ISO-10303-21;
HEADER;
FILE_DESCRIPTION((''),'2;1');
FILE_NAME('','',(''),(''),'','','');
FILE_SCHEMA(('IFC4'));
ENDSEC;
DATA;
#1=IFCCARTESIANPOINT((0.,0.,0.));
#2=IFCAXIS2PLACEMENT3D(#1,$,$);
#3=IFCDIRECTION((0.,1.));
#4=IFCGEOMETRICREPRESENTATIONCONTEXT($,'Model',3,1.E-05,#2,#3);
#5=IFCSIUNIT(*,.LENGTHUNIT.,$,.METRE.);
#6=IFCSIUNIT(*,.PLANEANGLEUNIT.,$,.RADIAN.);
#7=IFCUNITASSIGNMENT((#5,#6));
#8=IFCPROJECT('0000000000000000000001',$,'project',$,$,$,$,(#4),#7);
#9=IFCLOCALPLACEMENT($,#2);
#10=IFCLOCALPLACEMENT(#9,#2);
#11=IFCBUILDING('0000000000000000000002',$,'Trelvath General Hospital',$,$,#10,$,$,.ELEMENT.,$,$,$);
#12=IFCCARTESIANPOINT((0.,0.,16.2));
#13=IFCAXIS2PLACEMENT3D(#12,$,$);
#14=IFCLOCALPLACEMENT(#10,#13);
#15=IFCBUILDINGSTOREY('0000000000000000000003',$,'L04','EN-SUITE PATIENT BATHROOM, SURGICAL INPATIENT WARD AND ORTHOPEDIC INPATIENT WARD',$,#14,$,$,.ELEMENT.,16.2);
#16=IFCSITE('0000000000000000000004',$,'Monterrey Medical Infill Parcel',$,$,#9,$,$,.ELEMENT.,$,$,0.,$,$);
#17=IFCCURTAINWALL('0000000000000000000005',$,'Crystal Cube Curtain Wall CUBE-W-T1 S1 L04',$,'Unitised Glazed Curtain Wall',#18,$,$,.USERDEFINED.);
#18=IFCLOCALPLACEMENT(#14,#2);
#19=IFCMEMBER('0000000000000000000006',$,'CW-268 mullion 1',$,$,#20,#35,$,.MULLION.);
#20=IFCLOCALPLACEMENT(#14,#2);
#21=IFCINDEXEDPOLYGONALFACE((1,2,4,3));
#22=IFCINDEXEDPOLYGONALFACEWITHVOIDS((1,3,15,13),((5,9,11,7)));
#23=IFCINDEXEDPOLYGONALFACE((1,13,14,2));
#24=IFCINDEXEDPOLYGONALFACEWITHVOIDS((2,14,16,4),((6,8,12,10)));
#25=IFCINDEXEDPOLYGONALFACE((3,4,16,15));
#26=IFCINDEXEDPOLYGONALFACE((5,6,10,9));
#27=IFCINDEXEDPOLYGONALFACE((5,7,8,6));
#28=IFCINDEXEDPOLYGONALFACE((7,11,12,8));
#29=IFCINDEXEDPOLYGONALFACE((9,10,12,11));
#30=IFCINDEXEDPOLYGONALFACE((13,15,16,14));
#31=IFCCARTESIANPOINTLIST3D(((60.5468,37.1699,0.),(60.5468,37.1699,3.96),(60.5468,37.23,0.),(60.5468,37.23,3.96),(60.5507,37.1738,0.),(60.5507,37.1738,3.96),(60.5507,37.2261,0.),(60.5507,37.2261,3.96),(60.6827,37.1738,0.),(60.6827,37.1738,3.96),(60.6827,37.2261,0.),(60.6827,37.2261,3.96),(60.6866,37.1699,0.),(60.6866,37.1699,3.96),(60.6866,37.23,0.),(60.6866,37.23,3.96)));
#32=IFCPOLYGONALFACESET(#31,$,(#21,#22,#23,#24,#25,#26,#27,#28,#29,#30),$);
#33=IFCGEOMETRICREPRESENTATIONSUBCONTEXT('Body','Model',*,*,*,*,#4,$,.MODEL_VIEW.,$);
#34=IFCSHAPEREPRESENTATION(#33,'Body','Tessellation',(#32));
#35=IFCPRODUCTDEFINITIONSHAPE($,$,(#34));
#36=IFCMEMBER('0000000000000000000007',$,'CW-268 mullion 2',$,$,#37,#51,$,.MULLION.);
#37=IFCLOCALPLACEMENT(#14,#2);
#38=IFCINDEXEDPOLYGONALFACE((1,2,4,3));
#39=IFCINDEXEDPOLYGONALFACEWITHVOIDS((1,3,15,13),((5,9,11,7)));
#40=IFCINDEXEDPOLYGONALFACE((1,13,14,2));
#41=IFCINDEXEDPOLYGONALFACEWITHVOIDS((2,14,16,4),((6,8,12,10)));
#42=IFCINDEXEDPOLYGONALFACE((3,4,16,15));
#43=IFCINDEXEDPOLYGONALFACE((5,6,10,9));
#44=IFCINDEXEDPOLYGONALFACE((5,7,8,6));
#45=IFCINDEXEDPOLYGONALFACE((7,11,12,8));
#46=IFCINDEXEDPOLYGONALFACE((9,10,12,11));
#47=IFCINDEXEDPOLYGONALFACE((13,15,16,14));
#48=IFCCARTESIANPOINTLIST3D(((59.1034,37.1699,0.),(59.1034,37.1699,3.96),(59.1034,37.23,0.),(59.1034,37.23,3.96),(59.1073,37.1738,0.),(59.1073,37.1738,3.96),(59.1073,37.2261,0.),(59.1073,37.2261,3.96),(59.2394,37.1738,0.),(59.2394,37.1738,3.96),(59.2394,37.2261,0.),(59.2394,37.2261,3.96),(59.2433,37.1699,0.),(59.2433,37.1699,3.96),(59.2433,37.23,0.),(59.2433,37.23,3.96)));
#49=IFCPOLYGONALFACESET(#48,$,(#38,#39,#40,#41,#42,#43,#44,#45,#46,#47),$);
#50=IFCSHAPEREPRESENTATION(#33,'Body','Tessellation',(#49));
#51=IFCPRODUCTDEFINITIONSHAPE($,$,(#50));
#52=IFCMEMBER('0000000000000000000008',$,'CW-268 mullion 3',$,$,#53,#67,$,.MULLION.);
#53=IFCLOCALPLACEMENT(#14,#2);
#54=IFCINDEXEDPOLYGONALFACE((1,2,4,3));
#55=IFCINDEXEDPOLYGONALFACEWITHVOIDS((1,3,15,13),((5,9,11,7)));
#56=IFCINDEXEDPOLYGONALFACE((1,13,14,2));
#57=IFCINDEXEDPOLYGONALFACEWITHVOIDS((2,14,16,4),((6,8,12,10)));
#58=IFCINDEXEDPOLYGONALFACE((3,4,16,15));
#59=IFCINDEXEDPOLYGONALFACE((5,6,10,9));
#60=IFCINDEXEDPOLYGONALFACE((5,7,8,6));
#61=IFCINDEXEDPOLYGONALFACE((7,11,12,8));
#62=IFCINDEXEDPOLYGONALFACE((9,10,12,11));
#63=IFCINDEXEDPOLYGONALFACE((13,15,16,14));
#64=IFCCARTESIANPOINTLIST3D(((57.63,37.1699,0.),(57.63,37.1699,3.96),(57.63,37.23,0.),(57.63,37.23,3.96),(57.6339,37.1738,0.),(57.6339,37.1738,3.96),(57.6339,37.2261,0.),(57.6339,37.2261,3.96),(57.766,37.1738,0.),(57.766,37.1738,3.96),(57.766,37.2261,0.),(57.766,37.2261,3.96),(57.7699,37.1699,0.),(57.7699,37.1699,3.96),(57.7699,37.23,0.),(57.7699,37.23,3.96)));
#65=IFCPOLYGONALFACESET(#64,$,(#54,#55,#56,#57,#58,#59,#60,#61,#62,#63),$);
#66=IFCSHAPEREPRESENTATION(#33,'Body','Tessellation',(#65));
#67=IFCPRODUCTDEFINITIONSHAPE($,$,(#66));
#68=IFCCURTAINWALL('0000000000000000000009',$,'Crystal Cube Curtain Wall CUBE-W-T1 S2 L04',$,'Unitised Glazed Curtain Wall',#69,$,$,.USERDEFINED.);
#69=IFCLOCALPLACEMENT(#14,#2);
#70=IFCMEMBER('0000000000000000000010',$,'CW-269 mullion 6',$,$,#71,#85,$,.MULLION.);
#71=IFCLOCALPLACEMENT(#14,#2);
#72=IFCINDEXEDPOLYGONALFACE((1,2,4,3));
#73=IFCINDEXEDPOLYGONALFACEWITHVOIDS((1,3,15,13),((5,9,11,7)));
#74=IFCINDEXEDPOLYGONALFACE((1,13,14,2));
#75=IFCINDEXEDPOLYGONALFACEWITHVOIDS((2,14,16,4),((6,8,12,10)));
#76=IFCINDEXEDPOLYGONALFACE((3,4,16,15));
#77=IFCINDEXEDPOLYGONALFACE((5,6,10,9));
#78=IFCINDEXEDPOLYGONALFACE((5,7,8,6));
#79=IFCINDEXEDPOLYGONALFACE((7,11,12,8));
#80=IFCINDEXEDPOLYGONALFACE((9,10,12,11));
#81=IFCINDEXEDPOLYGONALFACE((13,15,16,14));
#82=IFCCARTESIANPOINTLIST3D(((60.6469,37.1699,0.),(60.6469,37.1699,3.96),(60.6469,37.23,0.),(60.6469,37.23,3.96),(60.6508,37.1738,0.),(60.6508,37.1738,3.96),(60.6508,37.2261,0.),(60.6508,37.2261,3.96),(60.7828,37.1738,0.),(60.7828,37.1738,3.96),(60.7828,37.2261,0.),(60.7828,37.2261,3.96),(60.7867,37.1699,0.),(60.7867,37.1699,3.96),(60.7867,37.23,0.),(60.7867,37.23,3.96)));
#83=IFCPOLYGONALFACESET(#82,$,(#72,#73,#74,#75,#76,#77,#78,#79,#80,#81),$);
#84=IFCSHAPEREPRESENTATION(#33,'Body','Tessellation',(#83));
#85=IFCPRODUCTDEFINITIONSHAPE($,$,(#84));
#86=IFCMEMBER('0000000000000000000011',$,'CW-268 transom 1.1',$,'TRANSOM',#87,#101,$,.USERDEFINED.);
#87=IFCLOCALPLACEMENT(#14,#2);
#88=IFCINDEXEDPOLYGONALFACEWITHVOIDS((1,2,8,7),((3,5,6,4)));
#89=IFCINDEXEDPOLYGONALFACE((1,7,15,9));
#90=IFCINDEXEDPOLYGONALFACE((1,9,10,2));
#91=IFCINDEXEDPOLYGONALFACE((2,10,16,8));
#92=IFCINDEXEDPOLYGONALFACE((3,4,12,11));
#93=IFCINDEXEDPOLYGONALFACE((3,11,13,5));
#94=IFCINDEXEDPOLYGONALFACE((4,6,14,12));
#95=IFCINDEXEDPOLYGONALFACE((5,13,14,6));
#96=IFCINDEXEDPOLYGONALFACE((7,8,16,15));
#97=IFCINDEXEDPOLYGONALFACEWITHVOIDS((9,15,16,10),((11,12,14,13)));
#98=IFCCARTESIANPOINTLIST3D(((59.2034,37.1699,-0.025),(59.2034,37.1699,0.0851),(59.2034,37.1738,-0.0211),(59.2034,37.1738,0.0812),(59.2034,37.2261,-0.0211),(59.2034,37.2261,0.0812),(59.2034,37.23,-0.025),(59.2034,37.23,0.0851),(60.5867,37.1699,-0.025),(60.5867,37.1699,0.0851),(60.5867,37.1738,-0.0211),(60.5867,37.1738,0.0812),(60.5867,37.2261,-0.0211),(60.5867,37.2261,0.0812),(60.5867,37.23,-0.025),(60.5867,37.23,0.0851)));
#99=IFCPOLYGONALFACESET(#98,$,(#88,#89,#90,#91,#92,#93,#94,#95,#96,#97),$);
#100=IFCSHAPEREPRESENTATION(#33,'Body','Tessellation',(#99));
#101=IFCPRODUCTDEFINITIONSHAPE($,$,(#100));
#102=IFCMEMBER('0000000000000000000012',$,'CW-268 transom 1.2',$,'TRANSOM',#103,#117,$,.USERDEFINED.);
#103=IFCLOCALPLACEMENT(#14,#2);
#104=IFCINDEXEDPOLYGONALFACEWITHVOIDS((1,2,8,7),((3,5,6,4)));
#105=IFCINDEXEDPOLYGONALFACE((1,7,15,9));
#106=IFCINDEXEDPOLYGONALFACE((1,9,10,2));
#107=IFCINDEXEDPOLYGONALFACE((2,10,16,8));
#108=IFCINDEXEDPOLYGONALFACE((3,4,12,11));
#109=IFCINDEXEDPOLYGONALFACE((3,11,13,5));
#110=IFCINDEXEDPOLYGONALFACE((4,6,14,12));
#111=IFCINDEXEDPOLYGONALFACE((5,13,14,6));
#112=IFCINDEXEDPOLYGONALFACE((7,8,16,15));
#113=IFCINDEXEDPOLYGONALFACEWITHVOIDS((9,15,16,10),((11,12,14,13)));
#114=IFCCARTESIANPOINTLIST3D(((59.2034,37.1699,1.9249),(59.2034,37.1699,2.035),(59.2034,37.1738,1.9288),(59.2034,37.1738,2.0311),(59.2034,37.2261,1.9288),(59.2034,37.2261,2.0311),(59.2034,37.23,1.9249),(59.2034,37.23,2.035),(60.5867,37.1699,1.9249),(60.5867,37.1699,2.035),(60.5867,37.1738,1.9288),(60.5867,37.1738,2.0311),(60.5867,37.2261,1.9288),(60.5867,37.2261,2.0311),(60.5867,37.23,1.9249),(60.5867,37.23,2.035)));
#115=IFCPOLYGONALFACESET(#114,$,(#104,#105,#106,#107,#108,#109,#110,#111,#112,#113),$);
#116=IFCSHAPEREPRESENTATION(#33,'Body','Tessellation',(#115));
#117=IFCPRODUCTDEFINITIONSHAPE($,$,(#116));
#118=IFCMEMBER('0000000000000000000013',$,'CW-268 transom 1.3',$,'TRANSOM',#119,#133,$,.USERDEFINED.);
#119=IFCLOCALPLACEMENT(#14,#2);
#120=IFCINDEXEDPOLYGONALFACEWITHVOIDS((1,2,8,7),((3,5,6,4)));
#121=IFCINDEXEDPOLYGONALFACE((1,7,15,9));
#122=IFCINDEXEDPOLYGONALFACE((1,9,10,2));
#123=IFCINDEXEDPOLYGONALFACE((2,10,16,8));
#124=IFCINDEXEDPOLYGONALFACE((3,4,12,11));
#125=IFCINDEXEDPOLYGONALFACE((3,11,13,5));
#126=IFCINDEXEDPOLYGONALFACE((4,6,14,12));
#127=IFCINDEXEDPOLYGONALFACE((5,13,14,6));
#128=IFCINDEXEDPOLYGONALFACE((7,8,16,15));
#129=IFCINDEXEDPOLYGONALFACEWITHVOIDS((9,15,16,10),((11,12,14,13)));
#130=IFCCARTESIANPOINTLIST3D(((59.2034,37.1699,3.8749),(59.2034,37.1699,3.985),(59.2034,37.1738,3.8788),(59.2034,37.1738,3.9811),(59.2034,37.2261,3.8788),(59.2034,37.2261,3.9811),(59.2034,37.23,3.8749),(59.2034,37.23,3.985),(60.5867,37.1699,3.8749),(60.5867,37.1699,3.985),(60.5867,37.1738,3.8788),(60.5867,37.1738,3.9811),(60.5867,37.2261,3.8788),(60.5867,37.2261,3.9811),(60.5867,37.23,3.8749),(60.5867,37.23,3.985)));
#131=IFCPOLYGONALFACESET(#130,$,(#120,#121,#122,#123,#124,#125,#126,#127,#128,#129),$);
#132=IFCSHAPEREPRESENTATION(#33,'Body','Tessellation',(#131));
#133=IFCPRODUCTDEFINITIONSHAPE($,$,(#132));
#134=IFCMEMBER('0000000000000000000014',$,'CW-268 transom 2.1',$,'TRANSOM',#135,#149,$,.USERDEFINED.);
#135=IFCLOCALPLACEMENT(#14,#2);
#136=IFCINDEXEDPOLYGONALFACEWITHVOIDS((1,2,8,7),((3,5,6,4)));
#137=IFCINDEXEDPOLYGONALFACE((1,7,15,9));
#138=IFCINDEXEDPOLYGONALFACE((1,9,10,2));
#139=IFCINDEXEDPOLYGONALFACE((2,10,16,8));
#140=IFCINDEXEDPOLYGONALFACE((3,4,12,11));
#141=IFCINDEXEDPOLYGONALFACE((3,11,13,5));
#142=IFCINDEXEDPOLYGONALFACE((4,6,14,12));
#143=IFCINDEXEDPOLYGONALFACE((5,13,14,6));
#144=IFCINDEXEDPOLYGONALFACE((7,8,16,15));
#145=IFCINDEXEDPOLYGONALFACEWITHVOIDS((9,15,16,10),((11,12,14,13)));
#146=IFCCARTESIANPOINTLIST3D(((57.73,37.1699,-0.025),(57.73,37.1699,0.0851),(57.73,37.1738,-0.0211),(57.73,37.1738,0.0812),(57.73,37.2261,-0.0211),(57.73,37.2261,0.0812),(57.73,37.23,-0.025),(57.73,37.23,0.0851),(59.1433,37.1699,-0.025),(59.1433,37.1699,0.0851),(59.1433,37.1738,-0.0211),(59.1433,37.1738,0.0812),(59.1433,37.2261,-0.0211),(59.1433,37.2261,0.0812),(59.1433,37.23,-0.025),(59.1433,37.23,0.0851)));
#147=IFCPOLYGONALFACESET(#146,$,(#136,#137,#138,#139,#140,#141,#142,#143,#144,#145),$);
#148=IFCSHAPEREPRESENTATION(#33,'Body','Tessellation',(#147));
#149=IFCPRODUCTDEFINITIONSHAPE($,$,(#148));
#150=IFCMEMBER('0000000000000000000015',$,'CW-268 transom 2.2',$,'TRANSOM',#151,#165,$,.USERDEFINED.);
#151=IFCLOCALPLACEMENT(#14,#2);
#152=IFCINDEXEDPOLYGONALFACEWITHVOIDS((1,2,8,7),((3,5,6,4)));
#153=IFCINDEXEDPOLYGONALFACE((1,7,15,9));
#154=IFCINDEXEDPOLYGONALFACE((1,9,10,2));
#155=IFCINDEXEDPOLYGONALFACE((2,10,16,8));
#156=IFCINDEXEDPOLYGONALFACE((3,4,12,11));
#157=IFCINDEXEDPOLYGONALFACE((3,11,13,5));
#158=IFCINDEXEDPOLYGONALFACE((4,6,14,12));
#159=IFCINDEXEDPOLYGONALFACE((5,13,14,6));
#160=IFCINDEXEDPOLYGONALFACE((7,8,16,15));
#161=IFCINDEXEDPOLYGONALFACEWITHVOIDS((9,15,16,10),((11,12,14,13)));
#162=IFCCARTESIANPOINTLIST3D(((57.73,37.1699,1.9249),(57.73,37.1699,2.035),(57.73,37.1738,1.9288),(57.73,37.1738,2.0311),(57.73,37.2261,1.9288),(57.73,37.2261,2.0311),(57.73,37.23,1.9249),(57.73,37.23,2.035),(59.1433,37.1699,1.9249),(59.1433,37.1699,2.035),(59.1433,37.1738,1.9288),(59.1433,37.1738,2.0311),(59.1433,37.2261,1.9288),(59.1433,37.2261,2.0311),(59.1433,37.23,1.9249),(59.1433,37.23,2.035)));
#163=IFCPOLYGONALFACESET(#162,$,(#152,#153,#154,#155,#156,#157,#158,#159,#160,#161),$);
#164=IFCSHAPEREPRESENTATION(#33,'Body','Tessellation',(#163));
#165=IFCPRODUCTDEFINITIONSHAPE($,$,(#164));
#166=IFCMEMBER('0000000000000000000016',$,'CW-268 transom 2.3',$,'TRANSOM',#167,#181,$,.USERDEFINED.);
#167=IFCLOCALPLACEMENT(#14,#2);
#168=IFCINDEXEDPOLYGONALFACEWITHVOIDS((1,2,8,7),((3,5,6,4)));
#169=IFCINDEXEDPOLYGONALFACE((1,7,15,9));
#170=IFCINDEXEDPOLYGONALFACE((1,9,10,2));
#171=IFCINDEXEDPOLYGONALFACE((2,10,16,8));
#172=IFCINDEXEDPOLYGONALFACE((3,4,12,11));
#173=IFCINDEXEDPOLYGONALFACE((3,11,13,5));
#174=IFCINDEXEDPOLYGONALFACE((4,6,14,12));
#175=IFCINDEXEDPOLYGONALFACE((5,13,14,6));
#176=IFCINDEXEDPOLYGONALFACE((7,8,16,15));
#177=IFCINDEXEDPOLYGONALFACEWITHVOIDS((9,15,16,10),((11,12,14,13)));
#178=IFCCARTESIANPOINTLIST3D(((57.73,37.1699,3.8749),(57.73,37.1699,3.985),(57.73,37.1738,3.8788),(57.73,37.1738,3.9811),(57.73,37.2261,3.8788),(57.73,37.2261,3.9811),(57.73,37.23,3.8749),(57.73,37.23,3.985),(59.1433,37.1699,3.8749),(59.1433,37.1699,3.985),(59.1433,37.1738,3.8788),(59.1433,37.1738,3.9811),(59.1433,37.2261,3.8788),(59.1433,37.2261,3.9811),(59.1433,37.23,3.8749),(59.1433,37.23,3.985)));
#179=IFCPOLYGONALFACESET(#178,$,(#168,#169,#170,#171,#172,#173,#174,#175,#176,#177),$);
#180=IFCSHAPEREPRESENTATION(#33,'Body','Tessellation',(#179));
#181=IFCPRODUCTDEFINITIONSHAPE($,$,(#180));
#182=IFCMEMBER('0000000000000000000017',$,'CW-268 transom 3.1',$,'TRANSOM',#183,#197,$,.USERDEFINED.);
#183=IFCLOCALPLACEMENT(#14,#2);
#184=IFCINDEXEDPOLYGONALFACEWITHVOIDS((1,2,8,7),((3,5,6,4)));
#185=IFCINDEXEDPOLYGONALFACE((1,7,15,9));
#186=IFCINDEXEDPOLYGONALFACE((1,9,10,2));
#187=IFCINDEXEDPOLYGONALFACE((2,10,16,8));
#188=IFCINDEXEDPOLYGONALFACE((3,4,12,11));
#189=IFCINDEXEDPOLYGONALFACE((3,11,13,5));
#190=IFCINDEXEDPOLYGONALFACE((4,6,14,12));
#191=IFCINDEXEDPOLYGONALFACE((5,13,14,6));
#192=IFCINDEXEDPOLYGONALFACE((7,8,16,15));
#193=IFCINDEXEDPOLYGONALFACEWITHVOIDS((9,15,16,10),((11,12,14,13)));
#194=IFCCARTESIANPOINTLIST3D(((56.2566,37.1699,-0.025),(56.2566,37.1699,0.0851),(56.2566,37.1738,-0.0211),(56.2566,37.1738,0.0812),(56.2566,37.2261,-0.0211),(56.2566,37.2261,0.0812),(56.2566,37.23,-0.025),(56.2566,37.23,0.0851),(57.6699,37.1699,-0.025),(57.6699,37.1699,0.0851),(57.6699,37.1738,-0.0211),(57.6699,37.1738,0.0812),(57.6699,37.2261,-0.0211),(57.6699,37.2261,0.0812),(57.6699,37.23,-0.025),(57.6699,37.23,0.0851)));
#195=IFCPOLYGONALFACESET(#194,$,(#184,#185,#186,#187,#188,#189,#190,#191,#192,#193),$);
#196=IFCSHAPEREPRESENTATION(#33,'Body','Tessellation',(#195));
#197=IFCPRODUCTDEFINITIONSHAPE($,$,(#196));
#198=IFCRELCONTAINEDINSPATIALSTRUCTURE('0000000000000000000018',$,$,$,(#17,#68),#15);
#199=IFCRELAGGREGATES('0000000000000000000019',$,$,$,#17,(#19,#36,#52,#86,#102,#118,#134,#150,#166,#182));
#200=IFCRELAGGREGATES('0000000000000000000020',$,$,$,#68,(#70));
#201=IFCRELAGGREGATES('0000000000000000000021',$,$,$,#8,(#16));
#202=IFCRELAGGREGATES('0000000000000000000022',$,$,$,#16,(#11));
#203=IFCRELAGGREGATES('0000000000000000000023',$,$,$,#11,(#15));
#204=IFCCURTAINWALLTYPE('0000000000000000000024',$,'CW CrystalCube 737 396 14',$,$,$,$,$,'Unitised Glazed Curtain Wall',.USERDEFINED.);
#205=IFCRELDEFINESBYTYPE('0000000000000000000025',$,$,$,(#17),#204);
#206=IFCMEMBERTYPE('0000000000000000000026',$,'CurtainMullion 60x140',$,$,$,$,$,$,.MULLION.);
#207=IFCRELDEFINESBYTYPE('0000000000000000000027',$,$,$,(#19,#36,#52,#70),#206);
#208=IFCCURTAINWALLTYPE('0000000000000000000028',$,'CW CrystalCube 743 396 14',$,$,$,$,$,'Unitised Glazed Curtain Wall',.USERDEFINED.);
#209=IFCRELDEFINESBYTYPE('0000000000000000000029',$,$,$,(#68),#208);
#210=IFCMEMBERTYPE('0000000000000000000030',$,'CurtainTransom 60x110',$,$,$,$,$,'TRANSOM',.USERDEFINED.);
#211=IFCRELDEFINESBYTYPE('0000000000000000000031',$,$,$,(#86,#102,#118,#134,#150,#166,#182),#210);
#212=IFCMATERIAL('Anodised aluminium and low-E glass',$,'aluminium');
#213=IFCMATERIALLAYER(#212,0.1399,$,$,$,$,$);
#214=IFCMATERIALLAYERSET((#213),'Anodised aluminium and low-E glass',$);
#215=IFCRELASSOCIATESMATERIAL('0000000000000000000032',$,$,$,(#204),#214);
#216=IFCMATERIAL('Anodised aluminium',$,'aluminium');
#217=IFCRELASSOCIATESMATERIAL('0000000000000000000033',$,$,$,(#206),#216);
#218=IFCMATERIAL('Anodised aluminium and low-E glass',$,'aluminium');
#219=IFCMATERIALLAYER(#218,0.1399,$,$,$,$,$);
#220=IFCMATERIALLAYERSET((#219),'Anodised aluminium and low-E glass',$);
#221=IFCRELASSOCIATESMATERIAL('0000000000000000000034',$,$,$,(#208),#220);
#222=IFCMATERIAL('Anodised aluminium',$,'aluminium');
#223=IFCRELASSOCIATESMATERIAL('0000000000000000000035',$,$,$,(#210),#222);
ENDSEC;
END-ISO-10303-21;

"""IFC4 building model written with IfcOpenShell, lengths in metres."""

from ifc_helpers import new_model, si_unit, direction, frame, origin, origin_2d, place, context, subcontext, project, spatial, hollow_rectangle, extrude, material, layer, layer_set, material_profile, profile_set, type_object, element, aggregate, save


model = new_model("IFC4")

# Units and contexts
model_context = context("Model", 3, precision=1e-05, world=origin(), true_north=direction((0.0, 1.0)))
body_context = subcontext(model_context, "Body", "Model", "MODEL_VIEW")
ifc_project = project(units=[si_unit("LENGTHUNIT", "METRE"), si_unit("PLANEANGLEUNIT", "RADIAN")], contexts=[model_context])

# Site, building, storey
site_placement = place(None, origin())
site = spatial("IfcSite", under=ifc_project, at=site_placement, Name="Monterrey Medical Infill Parcel", CompositionType="ELEMENT", RefElevation=0.0)
building_placement = place(site_placement, origin())
building = spatial("IfcBuilding", under=site, at=building_placement, Name="Trelvath General Hospital", CompositionType="ELEMENT")
storey_placement = place(building_placement, frame((0.0, 0.0, 16.2)))
storey = spatial("IfcBuildingStorey", under=building, at=storey_placement, Name="L04", Description="EN-SUITE PATIENT BATHROOM, SURGICAL INPATIENT WARD AND ORTHOPEDIC INPATIENT WARD", CompositionType="ELEMENT", Elevation=16.2)

# Curtain wall, members
ifc_material_1 = material(Name="Anodised aluminium and low-E glass", Category="aluminium")
ifc_layer_1 = layer(ifc_material_1, 0.1399)
ifc_layer_set_1 = layer_set([ifc_layer_1], Name="Anodised aluminium and low-E glass")
curtain_wall_type_1 = type_object("IfcCurtainWallType", Name="CW CrystalCube 737 396 14", ElementType="Unitised Glazed Curtain Wall", PredefinedType="USERDEFINED", material=ifc_layer_set_1)
curtain_wall_1_placement = place(storey_placement, origin())
curtain_wall_1 = element("IfcCurtainWall", 1, at=curtain_wall_1_placement, inside=storey, type_object=curtain_wall_type_1, Name="Crystal Cube Curtain Wall CUBE-W-T1 S1 L04", ObjectType="Unitised Glazed Curtain Wall", PredefinedType="USERDEFINED")
ifc_material_2 = material(Name="Anodised aluminium", Category="aluminium")
ifc_material_profile_1 = material_profile(ifc_material_2, hollow_rectangle(XDim=0.0601, YDim=0.1399, WallThickness=0.0039, at=origin_2d()), Name="RHS60x140x4")
ifc_profile_set_1 = profile_set([ifc_material_profile_1], Name="Anodised aluminium")
member_type_1 = type_object("IfcMemberType", Name="CurtainMullion 60x140", PredefinedType="MULLION", material=ifc_profile_set_1)
member_1_placement = place(storey_placement, frame((60.6167, 37.2, 0.0), z_axis=(0.0, 0.0, 1.0), x_axis=(0.0, -1.0, 0.0)))
member_1 = element("IfcMember", 2, at=member_1_placement, type_object=member_type_1, Name="CW-268 mullion 1", PredefinedType="MULLION", context=body_context, shape_type="SweptSolid", body=[
    extrude(hollow_rectangle(XDim=0.0601, YDim=0.1399, WallThickness=0.0039, at=origin_2d()), origin(), (0.0, 0.0, 1.0), 3.96),
])
member_2_placement = place(storey_placement, frame((59.1733, 37.2, 0.0), z_axis=(0.0, 0.0, 1.0), x_axis=(0.0, -1.0, 0.0)))
member_2 = element("IfcMember", 3, at=member_2_placement, type_object=member_type_1, Name="CW-268 mullion 2", PredefinedType="MULLION", context=body_context, shape_type="SweptSolid", body=[
    extrude(hollow_rectangle(XDim=0.0601, YDim=0.1399, WallThickness=0.0039, at=origin_2d()), origin(), (0.0, 0.0, 1.0), 3.96),
])
member_3_placement = place(storey_placement, frame((57.7, 37.2, 0.0), z_axis=(0.0, 0.0, 1.0), x_axis=(0.0, -1.0, 0.0)))
member_3 = element("IfcMember", 4, at=member_3_placement, type_object=member_type_1, Name="CW-268 mullion 3", PredefinedType="MULLION", context=body_context, shape_type="SweptSolid", body=[
    extrude(hollow_rectangle(XDim=0.0601, YDim=0.1399, WallThickness=0.0039, at=origin_2d()), origin(), (0.0, 0.0, 1.0), 3.96),
])

# Curtain wall, member
ifc_material_3 = material(Name="Anodised aluminium and low-E glass", Category="aluminium")
ifc_layer_2 = layer(ifc_material_3, 0.1399)
ifc_layer_set_2 = layer_set([ifc_layer_2], Name="Anodised aluminium and low-E glass")
curtain_wall_type_2 = type_object("IfcCurtainWallType", Name="CW CrystalCube 743 396 14", ElementType="Unitised Glazed Curtain Wall", PredefinedType="USERDEFINED", material=ifc_layer_set_2)
curtain_wall_2_placement = place(storey_placement, origin())
curtain_wall_2 = element("IfcCurtainWall", 5, at=curtain_wall_2_placement, inside=storey, type_object=curtain_wall_type_2, Name="Crystal Cube Curtain Wall CUBE-W-T1 S2 L04", ObjectType="Unitised Glazed Curtain Wall", PredefinedType="USERDEFINED")
member_4_placement = place(storey_placement, frame((60.7168, 37.2, 0.0), z_axis=(0.0, 0.0, 1.0), x_axis=(0.0, -1.0, 0.0)))
member_4 = element("IfcMember", 6, at=member_4_placement, type_object=member_type_1, Name="CW-269 mullion 6", PredefinedType="MULLION", context=body_context, shape_type="SweptSolid", body=[
    extrude(hollow_rectangle(XDim=0.0601, YDim=0.1399, WallThickness=0.0039, at=origin_2d()), origin(), (0.0, 0.0, 1.0), 3.96),
])

# Members
ifc_material_4 = material(Name="Anodised aluminium", Category="aluminium")
ifc_material_profile_2 = material_profile(ifc_material_4, hollow_rectangle(XDim=0.0601, YDim=0.1101, WallThickness=0.0039, at=origin_2d()), Name="RHS60x110x4")
ifc_profile_set_2 = profile_set([ifc_material_profile_2], Name="Anodised aluminium")
member_type_2 = type_object("IfcMemberType", Name="CurtainTransom 60x110", ElementType="TRANSOM", PredefinedType="USERDEFINED", material=ifc_profile_set_2)
member_5_placement = place(storey_placement, frame((60.5867, 37.2, 0.03), z_axis=(-1.0, 0.0, 0.0), x_axis=(0.0, -1.0, 0.0)))
member_5 = element("IfcMember", 7, at=member_5_placement, type_object=member_type_2, Name="CW-268 transom 1.1", ObjectType="TRANSOM", PredefinedType="USERDEFINED", context=body_context, shape_type="SweptSolid", body=[
    extrude(hollow_rectangle(XDim=0.0601, YDim=0.1101, WallThickness=0.0039, at=origin_2d()), origin(), (0.0, 0.0, 1.0), 1.3833),
])
member_6_placement = place(storey_placement, frame((60.5867, 37.2, 1.98), z_axis=(-1.0, 0.0, 0.0), x_axis=(0.0, -1.0, 0.0)))
member_6 = element("IfcMember", 8, at=member_6_placement, type_object=member_type_2, Name="CW-268 transom 1.2", ObjectType="TRANSOM", PredefinedType="USERDEFINED", context=body_context, shape_type="SweptSolid", body=[
    extrude(hollow_rectangle(XDim=0.0601, YDim=0.1101, WallThickness=0.0039, at=origin_2d()), origin(), (0.0, 0.0, 1.0), 1.3833),
])
member_7_placement = place(storey_placement, frame((60.5867, 37.2, 3.9299), z_axis=(-1.0, 0.0, 0.0), x_axis=(0.0, -1.0, 0.0)))
member_7 = element("IfcMember", 9, at=member_7_placement, type_object=member_type_2, Name="CW-268 transom 1.3", ObjectType="TRANSOM", PredefinedType="USERDEFINED", context=body_context, shape_type="SweptSolid", body=[
    extrude(hollow_rectangle(XDim=0.0601, YDim=0.1101, WallThickness=0.0039, at=origin_2d()), origin(), (0.0, 0.0, 1.0), 1.3833),
])
member_8_placement = place(storey_placement, frame((59.1433, 37.2, 0.03), z_axis=(-1.0, 0.0, 0.0), x_axis=(0.0, -1.0, 0.0)))
member_8 = element("IfcMember", 10, at=member_8_placement, type_object=member_type_2, Name="CW-268 transom 2.1", ObjectType="TRANSOM", PredefinedType="USERDEFINED", context=body_context, shape_type="SweptSolid", body=[
    extrude(hollow_rectangle(XDim=0.0601, YDim=0.1101, WallThickness=0.0039, at=origin_2d()), origin(), (0.0, 0.0, 1.0), 1.4133),
])
member_9_placement = place(storey_placement, frame((59.1433, 37.2, 1.98), z_axis=(-1.0, 0.0, 0.0), x_axis=(0.0, -1.0, 0.0)))
member_9 = element("IfcMember", 11, at=member_9_placement, type_object=member_type_2, Name="CW-268 transom 2.2", ObjectType="TRANSOM", PredefinedType="USERDEFINED", context=body_context, shape_type="SweptSolid", body=[
    extrude(hollow_rectangle(XDim=0.0601, YDim=0.1101, WallThickness=0.0039, at=origin_2d()), origin(), (0.0, 0.0, 1.0), 1.4133),
])
member_10_placement = place(storey_placement, frame((59.1433, 37.2, 3.9299), z_axis=(-1.0, 0.0, 0.0), x_axis=(0.0, -1.0, 0.0)))
member_10 = element("IfcMember", 12, at=member_10_placement, type_object=member_type_2, Name="CW-268 transom 2.3", ObjectType="TRANSOM", PredefinedType="USERDEFINED", context=body_context, shape_type="SweptSolid", body=[
    extrude(hollow_rectangle(XDim=0.0601, YDim=0.1101, WallThickness=0.0039, at=origin_2d()), origin(), (0.0, 0.0, 1.0), 1.4133),
])
member_11_placement = place(storey_placement, frame((57.6699, 37.2, 0.03), z_axis=(-1.0, 0.0, 0.0), x_axis=(0.0, -1.0, 0.0)))
member_11 = element("IfcMember", 13, at=member_11_placement, type_object=member_type_2, Name="CW-268 transom 3.1", ObjectType="TRANSOM", PredefinedType="USERDEFINED", context=body_context, shape_type="SweptSolid", body=[
    extrude(hollow_rectangle(XDim=0.0601, YDim=0.1101, WallThickness=0.0039, at=origin_2d()), origin(), (0.0, 0.0, 1.0), 1.4133),
])

aggregate(curtain_wall_1, [member_1, member_2, member_3, member_5, member_6, member_7, member_8, member_9, member_10, member_11])
aggregate(curtain_wall_2, [member_4])

save(model, "model.ifc")
